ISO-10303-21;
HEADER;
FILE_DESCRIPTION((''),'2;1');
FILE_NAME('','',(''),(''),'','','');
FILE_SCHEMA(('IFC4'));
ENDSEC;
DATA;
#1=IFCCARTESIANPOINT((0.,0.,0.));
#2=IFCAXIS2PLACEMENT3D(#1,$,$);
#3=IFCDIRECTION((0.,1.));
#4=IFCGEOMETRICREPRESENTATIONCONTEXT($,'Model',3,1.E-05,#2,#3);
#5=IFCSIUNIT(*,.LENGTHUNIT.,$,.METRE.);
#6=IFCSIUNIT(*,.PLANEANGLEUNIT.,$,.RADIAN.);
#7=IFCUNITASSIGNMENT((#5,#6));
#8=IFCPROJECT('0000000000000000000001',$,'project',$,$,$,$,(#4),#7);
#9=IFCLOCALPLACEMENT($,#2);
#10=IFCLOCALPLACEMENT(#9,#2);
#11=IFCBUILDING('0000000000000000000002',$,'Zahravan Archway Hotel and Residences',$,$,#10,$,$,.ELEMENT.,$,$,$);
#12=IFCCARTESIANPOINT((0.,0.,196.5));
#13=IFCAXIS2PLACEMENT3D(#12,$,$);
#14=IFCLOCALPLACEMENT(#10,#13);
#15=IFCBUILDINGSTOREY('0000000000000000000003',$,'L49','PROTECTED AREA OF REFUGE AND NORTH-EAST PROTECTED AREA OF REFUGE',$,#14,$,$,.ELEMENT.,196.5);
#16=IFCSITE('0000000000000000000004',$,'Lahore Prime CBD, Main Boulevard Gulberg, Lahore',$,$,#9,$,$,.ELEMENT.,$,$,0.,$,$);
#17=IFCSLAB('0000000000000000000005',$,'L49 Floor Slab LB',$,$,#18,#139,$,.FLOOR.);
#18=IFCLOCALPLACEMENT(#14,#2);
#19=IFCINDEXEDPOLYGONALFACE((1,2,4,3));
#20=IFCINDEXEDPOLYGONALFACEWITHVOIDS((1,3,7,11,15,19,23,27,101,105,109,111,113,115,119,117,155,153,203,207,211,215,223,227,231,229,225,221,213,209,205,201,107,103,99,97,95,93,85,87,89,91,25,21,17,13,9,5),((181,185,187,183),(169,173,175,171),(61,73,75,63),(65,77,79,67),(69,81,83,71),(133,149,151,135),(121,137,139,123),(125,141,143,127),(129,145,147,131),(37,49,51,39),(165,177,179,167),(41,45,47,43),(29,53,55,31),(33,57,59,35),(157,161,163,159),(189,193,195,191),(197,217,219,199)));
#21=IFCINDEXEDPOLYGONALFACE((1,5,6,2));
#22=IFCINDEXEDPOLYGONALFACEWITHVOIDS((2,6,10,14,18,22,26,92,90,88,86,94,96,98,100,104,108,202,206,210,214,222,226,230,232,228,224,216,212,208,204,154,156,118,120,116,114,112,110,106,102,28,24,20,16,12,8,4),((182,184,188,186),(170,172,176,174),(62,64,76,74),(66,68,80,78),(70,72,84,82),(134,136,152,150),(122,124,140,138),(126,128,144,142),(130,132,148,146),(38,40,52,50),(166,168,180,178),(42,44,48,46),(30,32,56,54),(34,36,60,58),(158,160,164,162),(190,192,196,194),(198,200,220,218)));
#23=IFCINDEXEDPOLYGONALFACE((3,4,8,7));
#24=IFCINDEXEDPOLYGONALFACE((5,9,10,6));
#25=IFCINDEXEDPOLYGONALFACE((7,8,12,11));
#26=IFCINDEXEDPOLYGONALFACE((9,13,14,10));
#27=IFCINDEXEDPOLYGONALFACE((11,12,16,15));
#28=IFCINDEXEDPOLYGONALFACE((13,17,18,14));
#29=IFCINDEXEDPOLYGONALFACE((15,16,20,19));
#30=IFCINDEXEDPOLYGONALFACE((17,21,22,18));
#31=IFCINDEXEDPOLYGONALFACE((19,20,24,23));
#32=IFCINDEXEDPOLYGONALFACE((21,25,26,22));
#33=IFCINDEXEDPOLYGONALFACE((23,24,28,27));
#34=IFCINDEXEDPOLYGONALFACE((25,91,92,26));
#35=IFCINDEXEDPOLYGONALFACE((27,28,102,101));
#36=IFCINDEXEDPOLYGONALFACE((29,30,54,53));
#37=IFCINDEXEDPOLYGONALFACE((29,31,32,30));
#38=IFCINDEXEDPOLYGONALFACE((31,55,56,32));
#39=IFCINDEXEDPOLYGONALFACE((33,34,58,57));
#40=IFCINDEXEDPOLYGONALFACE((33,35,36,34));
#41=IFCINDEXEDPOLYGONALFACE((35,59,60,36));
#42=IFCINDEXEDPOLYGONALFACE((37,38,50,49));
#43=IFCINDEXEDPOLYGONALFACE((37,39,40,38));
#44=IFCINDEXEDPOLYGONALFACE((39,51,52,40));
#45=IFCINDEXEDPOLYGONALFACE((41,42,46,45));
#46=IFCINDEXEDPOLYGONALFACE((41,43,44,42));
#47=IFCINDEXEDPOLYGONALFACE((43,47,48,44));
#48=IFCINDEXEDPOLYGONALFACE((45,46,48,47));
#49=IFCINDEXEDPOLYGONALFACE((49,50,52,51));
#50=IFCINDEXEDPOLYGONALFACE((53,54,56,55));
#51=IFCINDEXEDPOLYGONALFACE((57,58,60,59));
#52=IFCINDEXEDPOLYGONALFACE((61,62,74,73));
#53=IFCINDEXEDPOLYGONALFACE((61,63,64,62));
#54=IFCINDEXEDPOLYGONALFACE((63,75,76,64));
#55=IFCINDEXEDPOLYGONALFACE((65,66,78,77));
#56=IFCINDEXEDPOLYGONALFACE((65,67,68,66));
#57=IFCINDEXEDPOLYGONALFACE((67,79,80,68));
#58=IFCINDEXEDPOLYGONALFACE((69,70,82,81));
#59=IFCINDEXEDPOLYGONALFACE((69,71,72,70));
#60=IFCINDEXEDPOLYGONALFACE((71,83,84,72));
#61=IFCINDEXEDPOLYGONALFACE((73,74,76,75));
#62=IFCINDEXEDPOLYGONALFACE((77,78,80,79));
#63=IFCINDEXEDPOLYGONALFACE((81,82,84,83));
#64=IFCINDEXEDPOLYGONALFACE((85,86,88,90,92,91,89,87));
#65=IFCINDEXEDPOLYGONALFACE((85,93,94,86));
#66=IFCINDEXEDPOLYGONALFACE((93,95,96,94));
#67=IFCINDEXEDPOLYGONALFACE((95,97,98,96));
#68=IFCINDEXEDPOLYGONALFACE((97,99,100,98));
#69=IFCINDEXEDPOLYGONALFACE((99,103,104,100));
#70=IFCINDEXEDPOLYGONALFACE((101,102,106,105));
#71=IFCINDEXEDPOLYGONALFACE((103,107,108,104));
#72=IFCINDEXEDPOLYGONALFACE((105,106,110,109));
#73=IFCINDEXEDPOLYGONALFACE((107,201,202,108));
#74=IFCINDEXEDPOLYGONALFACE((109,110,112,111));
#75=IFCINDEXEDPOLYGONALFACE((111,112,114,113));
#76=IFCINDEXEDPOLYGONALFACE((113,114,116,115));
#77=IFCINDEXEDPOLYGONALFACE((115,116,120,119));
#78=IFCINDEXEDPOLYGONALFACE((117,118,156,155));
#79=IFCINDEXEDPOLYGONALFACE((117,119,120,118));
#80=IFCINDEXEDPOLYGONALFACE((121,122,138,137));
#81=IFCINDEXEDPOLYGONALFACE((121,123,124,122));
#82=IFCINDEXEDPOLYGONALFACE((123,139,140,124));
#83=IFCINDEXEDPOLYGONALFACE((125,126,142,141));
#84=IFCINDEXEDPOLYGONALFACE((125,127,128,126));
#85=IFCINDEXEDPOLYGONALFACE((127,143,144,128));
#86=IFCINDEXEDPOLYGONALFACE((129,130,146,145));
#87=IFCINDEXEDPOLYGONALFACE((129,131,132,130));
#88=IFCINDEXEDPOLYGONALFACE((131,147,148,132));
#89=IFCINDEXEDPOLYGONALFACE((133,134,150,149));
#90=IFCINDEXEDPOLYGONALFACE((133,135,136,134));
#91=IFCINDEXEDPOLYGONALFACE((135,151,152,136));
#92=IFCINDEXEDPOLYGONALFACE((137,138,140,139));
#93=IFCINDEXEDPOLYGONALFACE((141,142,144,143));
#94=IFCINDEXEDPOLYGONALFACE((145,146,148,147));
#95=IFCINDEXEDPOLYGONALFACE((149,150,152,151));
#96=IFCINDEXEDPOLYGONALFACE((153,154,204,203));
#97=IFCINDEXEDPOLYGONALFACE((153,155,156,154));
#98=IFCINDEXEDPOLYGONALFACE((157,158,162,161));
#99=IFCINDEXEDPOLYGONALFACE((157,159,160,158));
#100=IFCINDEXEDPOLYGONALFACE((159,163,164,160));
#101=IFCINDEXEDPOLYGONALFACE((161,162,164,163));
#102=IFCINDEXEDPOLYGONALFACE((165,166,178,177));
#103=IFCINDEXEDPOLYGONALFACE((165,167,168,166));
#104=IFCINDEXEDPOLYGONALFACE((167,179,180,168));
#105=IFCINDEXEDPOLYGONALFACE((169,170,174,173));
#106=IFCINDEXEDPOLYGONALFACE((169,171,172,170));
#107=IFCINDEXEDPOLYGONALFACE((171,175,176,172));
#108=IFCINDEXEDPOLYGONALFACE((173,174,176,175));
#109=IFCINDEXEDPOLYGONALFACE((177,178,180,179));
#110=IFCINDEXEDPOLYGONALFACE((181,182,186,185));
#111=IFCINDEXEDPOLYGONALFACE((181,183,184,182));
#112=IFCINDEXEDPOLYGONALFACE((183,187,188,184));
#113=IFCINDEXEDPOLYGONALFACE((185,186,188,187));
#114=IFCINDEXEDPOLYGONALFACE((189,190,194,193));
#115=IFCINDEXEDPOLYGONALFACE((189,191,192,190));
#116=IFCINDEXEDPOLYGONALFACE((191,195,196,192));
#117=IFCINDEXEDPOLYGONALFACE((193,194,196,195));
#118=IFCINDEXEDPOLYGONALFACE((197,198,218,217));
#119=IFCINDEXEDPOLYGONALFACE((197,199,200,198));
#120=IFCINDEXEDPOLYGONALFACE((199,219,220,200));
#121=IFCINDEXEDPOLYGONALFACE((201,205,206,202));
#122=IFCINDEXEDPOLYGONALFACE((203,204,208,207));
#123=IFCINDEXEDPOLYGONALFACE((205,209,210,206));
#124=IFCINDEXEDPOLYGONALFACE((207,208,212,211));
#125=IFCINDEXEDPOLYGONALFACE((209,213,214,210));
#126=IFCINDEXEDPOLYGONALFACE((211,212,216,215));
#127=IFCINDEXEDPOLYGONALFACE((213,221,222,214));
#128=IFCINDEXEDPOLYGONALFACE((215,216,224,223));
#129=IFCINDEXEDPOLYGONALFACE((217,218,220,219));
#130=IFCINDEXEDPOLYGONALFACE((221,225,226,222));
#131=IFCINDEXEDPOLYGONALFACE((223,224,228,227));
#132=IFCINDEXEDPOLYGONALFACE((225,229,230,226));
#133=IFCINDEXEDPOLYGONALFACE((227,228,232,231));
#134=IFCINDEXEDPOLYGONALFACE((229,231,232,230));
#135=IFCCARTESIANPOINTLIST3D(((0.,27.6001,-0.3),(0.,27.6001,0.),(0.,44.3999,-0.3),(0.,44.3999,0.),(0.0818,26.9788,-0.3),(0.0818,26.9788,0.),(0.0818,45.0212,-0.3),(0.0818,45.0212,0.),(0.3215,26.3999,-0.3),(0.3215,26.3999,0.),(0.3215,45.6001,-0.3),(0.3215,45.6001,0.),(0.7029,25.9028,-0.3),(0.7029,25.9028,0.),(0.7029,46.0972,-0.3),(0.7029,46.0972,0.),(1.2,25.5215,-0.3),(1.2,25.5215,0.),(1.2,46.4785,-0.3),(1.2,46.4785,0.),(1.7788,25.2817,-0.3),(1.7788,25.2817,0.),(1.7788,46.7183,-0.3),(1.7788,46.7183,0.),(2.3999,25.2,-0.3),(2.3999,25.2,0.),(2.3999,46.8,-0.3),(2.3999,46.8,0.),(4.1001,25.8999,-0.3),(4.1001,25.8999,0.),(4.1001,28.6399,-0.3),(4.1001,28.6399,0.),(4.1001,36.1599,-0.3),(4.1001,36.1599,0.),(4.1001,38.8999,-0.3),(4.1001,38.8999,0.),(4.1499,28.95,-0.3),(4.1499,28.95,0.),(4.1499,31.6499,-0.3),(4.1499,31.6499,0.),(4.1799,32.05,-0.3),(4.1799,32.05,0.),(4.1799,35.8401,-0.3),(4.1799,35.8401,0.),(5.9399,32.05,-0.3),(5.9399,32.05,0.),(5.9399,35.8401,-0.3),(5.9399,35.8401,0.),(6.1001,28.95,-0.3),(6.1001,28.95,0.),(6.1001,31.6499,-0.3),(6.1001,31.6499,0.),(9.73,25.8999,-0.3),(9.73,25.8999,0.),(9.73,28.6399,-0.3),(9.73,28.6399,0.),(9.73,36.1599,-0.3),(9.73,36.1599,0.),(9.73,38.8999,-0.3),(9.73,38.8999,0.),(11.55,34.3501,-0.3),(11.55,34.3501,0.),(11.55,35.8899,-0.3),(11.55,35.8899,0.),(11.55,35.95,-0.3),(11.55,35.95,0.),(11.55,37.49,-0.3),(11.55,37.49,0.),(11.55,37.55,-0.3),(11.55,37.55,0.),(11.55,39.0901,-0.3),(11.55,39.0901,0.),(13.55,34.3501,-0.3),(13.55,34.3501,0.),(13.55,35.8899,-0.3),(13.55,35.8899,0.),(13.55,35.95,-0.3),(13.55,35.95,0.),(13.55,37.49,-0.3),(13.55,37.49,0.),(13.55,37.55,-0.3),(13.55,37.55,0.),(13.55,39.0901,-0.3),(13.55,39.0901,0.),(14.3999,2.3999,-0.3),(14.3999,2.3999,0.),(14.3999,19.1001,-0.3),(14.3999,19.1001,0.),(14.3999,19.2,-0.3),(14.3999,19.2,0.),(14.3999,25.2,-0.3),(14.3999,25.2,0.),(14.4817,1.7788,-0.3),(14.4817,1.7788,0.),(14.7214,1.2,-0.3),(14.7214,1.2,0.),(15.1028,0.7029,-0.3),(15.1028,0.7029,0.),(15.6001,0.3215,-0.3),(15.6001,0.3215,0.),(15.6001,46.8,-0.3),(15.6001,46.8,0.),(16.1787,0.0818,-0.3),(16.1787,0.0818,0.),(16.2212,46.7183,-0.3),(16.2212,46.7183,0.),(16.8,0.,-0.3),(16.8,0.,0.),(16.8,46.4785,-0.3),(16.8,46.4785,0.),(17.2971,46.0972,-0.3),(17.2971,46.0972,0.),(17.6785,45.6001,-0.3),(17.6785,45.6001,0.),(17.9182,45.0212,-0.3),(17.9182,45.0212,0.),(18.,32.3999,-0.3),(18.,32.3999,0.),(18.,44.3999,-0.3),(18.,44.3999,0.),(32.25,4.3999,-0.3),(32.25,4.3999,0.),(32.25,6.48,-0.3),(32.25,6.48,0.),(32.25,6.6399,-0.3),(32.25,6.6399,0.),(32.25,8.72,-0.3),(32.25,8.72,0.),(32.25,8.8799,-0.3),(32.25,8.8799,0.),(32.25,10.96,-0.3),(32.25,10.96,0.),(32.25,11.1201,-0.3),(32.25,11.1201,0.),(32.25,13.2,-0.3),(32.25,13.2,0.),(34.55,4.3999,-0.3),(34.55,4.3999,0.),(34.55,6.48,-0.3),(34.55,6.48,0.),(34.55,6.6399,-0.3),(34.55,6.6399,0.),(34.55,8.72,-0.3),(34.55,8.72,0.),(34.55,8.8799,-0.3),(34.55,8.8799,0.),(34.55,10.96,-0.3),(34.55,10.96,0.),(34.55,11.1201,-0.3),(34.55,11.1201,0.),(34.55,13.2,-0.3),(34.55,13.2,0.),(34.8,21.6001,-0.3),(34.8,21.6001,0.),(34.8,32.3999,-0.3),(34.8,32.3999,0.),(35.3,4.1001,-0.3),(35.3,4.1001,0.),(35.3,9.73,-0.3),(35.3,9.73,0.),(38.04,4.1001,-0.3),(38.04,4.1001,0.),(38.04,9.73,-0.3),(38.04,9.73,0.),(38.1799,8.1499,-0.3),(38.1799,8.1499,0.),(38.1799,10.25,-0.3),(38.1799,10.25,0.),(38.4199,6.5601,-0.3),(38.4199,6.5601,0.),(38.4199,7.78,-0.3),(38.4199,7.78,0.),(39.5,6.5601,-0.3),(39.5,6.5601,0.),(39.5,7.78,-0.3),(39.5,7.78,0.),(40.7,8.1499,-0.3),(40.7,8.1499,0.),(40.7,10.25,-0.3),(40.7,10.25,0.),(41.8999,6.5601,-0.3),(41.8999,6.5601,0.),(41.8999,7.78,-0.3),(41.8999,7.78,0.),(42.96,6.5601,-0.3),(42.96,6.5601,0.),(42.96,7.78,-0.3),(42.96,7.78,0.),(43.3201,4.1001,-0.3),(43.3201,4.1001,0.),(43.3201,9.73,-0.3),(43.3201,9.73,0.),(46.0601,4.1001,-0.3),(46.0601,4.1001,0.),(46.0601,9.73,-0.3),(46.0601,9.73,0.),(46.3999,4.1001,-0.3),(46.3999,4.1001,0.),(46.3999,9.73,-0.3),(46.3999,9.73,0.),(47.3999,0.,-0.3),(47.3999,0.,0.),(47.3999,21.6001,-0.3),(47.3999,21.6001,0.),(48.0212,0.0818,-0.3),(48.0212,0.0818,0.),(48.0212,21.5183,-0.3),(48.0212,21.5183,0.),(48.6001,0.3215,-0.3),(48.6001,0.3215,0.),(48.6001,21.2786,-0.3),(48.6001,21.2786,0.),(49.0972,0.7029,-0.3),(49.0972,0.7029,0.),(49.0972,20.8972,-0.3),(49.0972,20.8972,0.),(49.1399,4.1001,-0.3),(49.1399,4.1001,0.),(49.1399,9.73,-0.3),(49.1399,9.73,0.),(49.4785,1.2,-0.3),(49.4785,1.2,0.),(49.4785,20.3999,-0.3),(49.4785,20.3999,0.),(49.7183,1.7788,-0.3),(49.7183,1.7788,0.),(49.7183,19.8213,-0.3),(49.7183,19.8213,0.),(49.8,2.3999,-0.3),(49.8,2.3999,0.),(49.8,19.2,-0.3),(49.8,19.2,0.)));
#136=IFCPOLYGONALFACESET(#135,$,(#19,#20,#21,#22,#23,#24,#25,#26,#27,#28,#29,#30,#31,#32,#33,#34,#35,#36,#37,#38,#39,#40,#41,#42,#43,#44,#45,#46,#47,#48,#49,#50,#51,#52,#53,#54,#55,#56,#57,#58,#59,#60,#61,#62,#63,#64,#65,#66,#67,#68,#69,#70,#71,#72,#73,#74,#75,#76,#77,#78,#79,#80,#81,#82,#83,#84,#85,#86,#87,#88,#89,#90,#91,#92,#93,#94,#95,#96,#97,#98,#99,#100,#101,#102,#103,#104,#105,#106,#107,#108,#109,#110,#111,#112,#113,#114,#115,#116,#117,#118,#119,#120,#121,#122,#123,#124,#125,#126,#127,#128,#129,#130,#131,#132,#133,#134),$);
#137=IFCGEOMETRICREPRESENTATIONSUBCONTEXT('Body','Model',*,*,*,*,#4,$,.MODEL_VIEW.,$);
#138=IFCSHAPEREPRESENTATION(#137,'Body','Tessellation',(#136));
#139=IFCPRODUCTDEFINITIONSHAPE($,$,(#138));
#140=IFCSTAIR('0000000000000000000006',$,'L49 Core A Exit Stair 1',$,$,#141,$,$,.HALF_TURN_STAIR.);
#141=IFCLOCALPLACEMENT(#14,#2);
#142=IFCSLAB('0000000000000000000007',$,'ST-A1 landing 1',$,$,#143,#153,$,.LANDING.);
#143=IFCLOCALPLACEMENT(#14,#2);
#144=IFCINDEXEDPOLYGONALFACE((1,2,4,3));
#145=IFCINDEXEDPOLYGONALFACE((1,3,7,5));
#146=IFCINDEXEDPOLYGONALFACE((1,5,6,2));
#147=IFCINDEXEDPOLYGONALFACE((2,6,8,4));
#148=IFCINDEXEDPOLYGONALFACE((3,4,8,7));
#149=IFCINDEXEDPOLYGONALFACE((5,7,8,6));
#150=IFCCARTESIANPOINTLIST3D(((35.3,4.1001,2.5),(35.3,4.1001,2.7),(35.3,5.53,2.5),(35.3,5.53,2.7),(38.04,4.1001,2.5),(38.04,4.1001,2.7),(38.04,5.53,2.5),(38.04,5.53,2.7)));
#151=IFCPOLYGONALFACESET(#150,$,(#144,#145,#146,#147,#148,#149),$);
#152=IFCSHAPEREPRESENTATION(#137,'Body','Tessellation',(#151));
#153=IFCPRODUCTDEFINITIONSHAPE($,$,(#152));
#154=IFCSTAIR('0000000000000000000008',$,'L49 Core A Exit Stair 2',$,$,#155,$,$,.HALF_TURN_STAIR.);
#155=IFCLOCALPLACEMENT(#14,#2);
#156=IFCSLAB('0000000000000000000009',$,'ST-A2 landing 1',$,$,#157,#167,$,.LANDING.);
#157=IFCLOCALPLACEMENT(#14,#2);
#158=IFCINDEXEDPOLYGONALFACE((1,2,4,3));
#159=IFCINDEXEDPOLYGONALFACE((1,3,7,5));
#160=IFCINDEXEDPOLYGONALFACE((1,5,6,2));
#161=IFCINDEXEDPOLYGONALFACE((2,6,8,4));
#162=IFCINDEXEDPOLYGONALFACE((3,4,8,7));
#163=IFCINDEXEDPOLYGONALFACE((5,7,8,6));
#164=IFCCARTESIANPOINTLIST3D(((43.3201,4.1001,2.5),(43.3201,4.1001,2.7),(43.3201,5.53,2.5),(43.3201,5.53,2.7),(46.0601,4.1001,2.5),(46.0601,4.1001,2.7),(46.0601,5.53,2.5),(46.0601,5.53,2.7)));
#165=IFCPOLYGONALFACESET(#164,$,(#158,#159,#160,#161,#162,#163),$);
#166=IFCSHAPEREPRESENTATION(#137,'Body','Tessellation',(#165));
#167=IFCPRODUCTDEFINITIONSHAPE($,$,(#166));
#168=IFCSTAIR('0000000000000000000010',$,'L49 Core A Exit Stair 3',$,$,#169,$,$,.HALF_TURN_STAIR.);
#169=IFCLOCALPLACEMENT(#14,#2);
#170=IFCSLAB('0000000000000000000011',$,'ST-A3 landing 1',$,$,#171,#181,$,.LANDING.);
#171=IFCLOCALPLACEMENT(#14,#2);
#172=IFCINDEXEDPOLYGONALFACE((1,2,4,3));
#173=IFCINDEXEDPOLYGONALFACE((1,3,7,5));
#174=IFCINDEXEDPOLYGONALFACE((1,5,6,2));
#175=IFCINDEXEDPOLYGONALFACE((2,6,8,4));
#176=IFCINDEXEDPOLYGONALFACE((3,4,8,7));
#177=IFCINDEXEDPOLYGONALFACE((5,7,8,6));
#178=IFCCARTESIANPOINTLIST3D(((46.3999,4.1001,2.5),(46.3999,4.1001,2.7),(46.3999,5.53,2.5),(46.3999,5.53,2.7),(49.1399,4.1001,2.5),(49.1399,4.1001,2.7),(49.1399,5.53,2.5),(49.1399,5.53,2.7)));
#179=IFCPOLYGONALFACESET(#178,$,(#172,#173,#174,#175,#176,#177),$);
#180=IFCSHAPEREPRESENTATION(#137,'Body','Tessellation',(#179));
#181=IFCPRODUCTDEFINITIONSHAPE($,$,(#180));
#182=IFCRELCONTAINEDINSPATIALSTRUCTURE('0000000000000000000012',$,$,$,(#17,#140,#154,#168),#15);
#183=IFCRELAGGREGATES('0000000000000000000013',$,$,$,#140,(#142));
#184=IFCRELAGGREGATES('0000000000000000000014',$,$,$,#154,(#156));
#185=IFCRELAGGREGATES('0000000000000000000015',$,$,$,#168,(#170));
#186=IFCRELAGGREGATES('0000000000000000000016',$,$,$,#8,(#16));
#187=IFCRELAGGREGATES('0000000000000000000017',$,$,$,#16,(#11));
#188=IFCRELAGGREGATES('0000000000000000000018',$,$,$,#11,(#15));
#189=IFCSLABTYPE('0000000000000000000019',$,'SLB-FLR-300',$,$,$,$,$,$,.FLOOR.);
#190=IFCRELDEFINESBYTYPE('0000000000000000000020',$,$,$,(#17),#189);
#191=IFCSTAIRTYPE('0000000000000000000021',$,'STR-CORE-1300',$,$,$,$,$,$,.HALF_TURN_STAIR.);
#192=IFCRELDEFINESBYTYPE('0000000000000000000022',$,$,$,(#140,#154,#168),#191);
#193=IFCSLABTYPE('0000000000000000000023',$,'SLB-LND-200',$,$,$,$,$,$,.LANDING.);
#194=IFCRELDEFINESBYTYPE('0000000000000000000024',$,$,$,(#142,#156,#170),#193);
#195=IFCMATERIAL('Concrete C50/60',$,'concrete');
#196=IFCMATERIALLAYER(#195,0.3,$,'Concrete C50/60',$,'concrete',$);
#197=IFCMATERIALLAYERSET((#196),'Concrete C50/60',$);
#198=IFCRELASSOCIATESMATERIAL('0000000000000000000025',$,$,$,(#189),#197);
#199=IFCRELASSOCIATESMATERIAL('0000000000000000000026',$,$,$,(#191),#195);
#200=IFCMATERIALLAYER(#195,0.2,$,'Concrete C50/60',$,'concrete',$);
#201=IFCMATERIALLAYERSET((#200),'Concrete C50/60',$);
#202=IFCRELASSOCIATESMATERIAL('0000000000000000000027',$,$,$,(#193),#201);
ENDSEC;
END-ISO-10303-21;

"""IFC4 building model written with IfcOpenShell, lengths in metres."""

from ifc_helpers import new_model, si_unit, direction, frame, origin, place, context, subcontext, project, spatial, polyline, outline, extrude, material, layer, layer_set, type_object, element, aggregate, save


model = new_model("IFC4")

# Units and contexts
model_context = context("Model", 3, precision=1e-05, world=origin(), true_north=direction((0.0, 1.0)))
body_context = subcontext(model_context, "Body", "Model", "MODEL_VIEW")
ifc_project = project(units=[si_unit("LENGTHUNIT", "METRE"), si_unit("PLANEANGLEUNIT", "RADIAN")], contexts=[model_context])

# Site, building, storey
site_placement = place(None, origin())
site = spatial("IfcSite", under=ifc_project, at=site_placement, Name="Lahore Prime CBD, Main Boulevard Gulberg, Lahore", CompositionType="ELEMENT", RefElevation=0.0)
building_placement = place(site_placement, origin())
building = spatial("IfcBuilding", under=site, at=building_placement, Name="Zahravan Archway Hotel and Residences", CompositionType="ELEMENT")
storey_placement = place(building_placement, frame((0.0, 0.0, 196.5)))
storey = spatial("IfcBuildingStorey", under=building, at=storey_placement, Name="L49", Description="PROTECTED AREA OF REFUGE AND NORTH-EAST PROTECTED AREA OF REFUGE", CompositionType="ELEMENT", Elevation=196.5)

# Slab
ifc_material_1 = material(Name="Concrete C50/60", Category="concrete")
ifc_layer_1 = layer(ifc_material_1, 0.3, Name="Concrete C50/60", Category="concrete")
ifc_layer_set_1 = layer_set([ifc_layer_1], Name="Concrete C50/60")
slab_type_1 = type_object("IfcSlabType", Name="SLB-FLR-300", PredefinedType="FLOOR", material=ifc_layer_set_1)
slab_1_placement = place(storey_placement, frame((0.0, 0.0, -0.3)))
element("IfcSlab", 1, at=slab_1_placement, inside=storey, type_object=slab_type_1, Name="L49 Floor Slab LB", PredefinedType="FLOOR", context=body_context, shape_type="SweptSolid", body=[
    extrude(outline(polyline([(34.8, 21.6001), (34.8, 32.3999), (18.0, 32.3999), (18.0, 44.3999), (17.9182, 45.0212), (17.6785, 45.6001), (17.2971, 46.0972), (16.8, 46.4785), (16.2212, 46.7183), (15.6001, 46.8), (2.3999, 46.8), (1.7788, 46.7183), (1.2, 46.4785), (0.7029, 46.0972), (0.3215, 45.6001), (0.0818, 45.0212), (0.0, 44.3999), (0.0, 27.6001), (0.0818, 26.9788), (0.3215, 26.3999), (0.7029, 25.9028), (1.2, 25.5215), (1.7788, 25.2817), (2.3999, 25.2), (14.3999, 25.2), (14.3999, 19.2), (14.3999, 19.1001), (14.3999, 2.3999), (14.4817, 1.7788), (14.7214, 1.2), (15.1028, 0.7029), (15.6001, 0.3215), (16.1787, 0.0818), (16.8, 0.0), (47.3999, 0.0), (48.0212, 0.0818), (48.6001, 0.3215), (49.0972, 0.7029), (49.4785, 1.2), (49.7183, 1.7788), (49.8, 2.3999), (49.8, 19.2), (49.7183, 19.8213), (49.4785, 20.3999), (49.0972, 20.8972), (48.6001, 21.2786), (48.0212, 21.5183), (47.3999, 21.6001), (34.8, 21.6001)]), holes=[polyline([(35.3, 9.73), (35.3, 4.1001), (38.04, 4.1001), (38.04, 9.73), (35.3, 9.73)]), polyline([(43.3201, 9.73), (43.3201, 4.1001), (46.0601, 4.1001), (46.0601, 9.73), (43.3201, 9.73)]), polyline([(46.3999, 9.73), (46.3999, 4.1001), (49.1399, 4.1001), (49.1399, 9.73), (46.3999, 9.73)]), polyline([(9.73, 28.6399), (4.1001, 28.6399), (4.1001, 25.8999), (9.73, 25.8999), (9.73, 28.6399)]), polyline([(9.73, 38.8999), (4.1001, 38.8999), (4.1001, 36.1599), (9.73, 36.1599), (9.73, 38.8999)]), polyline([(38.1799, 8.1499), (40.7, 8.1499), (40.7, 10.25), (38.1799, 10.25), (38.1799, 8.1499)]), polyline([(4.1499, 28.95), (6.1001, 28.95), (6.1001, 31.6499), (4.1499, 31.6499), (4.1499, 28.95)]), polyline([(11.55, 34.3501), (13.55, 34.3501), (13.55, 35.8899), (11.55, 35.8899), (11.55, 34.3501)]), polyline([(11.55, 35.95), (13.55, 35.95), (13.55, 37.49), (11.55, 37.49), (11.55, 35.95)]), polyline([(11.55, 37.55), (13.55, 37.55), (13.55, 39.0901), (11.55, 39.0901), (11.55, 37.55)]), polyline([(32.25, 4.3999), (34.55, 4.3999), (34.55, 6.48), (32.25, 6.48), (32.25, 4.3999)]), polyline([(32.25, 6.6399), (34.55, 6.6399), (34.55, 8.72), (32.25, 8.72), (32.25, 6.6399)]), polyline([(32.25, 8.8799), (34.55, 8.8799), (34.55, 10.96), (32.25, 10.96), (32.25, 8.8799)]), polyline([(32.25, 11.1201), (34.55, 11.1201), (34.55, 13.2), (32.25, 13.2), (32.25, 11.1201)]), polyline([(38.4199, 6.5601), (39.5, 6.5601), (39.5, 7.78), (38.4199, 7.78), (38.4199, 6.5601)]), polyline([(41.8999, 6.5601), (42.96, 6.5601), (42.96, 7.78), (41.8999, 7.78), (41.8999, 6.5601)]), polyline([(4.1799, 32.05), (5.9399, 32.05), (5.9399, 35.8401), (4.1799, 35.8401), (4.1799, 32.05)])]), origin(), (0.0, 0.0, 1.0), 0.3),
])

# Stairs, slabs
stair_type = type_object("IfcStairType", Name="STR-CORE-1300", PredefinedType="HALF_TURN_STAIR", material=ifc_material_1)
stair_1_placement = place(storey_placement, origin())
stair_1 = element("IfcStair", 2, at=stair_1_placement, inside=storey, type_object=stair_type, Name="L49 Core A Exit Stair 1", PredefinedType="HALF_TURN_STAIR")
ifc_layer_2 = layer(ifc_material_1, 0.2, Name="Concrete C50/60", Category="concrete")
ifc_layer_set_2 = layer_set([ifc_layer_2], Name="Concrete C50/60")
slab_type_2 = type_object("IfcSlabType", Name="SLB-LND-200", PredefinedType="LANDING", material=ifc_layer_set_2)
slab_2_placement = place(storey_placement, frame((0.0, 0.0, 2.5)))
slab_2 = element("IfcSlab", 3, at=slab_2_placement, type_object=slab_type_2, Name="ST-A1 landing 1", PredefinedType="LANDING", context=body_context, shape_type="SweptSolid", body=[
    extrude(outline(polyline([(35.3, 5.53), (35.3, 4.1001), (38.04, 4.1001), (38.04, 5.53), (35.3, 5.53)])), origin(), (0.0, 0.0, 1.0), 0.2),
])
aggregate(stair_1, [slab_2])
stair_2_placement = place(storey_placement, origin())
stair_2 = element("IfcStair", 4, at=stair_2_placement, inside=storey, type_object=stair_type, Name="L49 Core A Exit Stair 2", PredefinedType="HALF_TURN_STAIR")
slab_3_placement = place(storey_placement, frame((0.0, 0.0, 2.5)))
slab_3 = element("IfcSlab", 5, at=slab_3_placement, type_object=slab_type_2, Name="ST-A2 landing 1", PredefinedType="LANDING", context=body_context, shape_type="SweptSolid", body=[
    extrude(outline(polyline([(43.3201, 5.53), (43.3201, 4.1001), (46.0601, 4.1001), (46.0601, 5.53), (43.3201, 5.53)])), origin(), (0.0, 0.0, 1.0), 0.2),
])
aggregate(stair_2, [slab_3])
stair_3_placement = place(storey_placement, origin())
stair_3 = element("IfcStair", 6, at=stair_3_placement, inside=storey, type_object=stair_type, Name="L49 Core A Exit Stair 3", PredefinedType="HALF_TURN_STAIR")
slab_4_placement = place(storey_placement, frame((0.0, 0.0, 2.5)))
slab_4 = element("IfcSlab", 7, at=slab_4_placement, type_object=slab_type_2, Name="ST-A3 landing 1", PredefinedType="LANDING", context=body_context, shape_type="SweptSolid", body=[
    extrude(outline(polyline([(46.3999, 5.53), (46.3999, 4.1001), (49.1399, 4.1001), (49.1399, 5.53), (46.3999, 5.53)])), origin(), (0.0, 0.0, 1.0), 0.2),
])
aggregate(stair_3, [slab_4])

save(model, "model.ifc")
